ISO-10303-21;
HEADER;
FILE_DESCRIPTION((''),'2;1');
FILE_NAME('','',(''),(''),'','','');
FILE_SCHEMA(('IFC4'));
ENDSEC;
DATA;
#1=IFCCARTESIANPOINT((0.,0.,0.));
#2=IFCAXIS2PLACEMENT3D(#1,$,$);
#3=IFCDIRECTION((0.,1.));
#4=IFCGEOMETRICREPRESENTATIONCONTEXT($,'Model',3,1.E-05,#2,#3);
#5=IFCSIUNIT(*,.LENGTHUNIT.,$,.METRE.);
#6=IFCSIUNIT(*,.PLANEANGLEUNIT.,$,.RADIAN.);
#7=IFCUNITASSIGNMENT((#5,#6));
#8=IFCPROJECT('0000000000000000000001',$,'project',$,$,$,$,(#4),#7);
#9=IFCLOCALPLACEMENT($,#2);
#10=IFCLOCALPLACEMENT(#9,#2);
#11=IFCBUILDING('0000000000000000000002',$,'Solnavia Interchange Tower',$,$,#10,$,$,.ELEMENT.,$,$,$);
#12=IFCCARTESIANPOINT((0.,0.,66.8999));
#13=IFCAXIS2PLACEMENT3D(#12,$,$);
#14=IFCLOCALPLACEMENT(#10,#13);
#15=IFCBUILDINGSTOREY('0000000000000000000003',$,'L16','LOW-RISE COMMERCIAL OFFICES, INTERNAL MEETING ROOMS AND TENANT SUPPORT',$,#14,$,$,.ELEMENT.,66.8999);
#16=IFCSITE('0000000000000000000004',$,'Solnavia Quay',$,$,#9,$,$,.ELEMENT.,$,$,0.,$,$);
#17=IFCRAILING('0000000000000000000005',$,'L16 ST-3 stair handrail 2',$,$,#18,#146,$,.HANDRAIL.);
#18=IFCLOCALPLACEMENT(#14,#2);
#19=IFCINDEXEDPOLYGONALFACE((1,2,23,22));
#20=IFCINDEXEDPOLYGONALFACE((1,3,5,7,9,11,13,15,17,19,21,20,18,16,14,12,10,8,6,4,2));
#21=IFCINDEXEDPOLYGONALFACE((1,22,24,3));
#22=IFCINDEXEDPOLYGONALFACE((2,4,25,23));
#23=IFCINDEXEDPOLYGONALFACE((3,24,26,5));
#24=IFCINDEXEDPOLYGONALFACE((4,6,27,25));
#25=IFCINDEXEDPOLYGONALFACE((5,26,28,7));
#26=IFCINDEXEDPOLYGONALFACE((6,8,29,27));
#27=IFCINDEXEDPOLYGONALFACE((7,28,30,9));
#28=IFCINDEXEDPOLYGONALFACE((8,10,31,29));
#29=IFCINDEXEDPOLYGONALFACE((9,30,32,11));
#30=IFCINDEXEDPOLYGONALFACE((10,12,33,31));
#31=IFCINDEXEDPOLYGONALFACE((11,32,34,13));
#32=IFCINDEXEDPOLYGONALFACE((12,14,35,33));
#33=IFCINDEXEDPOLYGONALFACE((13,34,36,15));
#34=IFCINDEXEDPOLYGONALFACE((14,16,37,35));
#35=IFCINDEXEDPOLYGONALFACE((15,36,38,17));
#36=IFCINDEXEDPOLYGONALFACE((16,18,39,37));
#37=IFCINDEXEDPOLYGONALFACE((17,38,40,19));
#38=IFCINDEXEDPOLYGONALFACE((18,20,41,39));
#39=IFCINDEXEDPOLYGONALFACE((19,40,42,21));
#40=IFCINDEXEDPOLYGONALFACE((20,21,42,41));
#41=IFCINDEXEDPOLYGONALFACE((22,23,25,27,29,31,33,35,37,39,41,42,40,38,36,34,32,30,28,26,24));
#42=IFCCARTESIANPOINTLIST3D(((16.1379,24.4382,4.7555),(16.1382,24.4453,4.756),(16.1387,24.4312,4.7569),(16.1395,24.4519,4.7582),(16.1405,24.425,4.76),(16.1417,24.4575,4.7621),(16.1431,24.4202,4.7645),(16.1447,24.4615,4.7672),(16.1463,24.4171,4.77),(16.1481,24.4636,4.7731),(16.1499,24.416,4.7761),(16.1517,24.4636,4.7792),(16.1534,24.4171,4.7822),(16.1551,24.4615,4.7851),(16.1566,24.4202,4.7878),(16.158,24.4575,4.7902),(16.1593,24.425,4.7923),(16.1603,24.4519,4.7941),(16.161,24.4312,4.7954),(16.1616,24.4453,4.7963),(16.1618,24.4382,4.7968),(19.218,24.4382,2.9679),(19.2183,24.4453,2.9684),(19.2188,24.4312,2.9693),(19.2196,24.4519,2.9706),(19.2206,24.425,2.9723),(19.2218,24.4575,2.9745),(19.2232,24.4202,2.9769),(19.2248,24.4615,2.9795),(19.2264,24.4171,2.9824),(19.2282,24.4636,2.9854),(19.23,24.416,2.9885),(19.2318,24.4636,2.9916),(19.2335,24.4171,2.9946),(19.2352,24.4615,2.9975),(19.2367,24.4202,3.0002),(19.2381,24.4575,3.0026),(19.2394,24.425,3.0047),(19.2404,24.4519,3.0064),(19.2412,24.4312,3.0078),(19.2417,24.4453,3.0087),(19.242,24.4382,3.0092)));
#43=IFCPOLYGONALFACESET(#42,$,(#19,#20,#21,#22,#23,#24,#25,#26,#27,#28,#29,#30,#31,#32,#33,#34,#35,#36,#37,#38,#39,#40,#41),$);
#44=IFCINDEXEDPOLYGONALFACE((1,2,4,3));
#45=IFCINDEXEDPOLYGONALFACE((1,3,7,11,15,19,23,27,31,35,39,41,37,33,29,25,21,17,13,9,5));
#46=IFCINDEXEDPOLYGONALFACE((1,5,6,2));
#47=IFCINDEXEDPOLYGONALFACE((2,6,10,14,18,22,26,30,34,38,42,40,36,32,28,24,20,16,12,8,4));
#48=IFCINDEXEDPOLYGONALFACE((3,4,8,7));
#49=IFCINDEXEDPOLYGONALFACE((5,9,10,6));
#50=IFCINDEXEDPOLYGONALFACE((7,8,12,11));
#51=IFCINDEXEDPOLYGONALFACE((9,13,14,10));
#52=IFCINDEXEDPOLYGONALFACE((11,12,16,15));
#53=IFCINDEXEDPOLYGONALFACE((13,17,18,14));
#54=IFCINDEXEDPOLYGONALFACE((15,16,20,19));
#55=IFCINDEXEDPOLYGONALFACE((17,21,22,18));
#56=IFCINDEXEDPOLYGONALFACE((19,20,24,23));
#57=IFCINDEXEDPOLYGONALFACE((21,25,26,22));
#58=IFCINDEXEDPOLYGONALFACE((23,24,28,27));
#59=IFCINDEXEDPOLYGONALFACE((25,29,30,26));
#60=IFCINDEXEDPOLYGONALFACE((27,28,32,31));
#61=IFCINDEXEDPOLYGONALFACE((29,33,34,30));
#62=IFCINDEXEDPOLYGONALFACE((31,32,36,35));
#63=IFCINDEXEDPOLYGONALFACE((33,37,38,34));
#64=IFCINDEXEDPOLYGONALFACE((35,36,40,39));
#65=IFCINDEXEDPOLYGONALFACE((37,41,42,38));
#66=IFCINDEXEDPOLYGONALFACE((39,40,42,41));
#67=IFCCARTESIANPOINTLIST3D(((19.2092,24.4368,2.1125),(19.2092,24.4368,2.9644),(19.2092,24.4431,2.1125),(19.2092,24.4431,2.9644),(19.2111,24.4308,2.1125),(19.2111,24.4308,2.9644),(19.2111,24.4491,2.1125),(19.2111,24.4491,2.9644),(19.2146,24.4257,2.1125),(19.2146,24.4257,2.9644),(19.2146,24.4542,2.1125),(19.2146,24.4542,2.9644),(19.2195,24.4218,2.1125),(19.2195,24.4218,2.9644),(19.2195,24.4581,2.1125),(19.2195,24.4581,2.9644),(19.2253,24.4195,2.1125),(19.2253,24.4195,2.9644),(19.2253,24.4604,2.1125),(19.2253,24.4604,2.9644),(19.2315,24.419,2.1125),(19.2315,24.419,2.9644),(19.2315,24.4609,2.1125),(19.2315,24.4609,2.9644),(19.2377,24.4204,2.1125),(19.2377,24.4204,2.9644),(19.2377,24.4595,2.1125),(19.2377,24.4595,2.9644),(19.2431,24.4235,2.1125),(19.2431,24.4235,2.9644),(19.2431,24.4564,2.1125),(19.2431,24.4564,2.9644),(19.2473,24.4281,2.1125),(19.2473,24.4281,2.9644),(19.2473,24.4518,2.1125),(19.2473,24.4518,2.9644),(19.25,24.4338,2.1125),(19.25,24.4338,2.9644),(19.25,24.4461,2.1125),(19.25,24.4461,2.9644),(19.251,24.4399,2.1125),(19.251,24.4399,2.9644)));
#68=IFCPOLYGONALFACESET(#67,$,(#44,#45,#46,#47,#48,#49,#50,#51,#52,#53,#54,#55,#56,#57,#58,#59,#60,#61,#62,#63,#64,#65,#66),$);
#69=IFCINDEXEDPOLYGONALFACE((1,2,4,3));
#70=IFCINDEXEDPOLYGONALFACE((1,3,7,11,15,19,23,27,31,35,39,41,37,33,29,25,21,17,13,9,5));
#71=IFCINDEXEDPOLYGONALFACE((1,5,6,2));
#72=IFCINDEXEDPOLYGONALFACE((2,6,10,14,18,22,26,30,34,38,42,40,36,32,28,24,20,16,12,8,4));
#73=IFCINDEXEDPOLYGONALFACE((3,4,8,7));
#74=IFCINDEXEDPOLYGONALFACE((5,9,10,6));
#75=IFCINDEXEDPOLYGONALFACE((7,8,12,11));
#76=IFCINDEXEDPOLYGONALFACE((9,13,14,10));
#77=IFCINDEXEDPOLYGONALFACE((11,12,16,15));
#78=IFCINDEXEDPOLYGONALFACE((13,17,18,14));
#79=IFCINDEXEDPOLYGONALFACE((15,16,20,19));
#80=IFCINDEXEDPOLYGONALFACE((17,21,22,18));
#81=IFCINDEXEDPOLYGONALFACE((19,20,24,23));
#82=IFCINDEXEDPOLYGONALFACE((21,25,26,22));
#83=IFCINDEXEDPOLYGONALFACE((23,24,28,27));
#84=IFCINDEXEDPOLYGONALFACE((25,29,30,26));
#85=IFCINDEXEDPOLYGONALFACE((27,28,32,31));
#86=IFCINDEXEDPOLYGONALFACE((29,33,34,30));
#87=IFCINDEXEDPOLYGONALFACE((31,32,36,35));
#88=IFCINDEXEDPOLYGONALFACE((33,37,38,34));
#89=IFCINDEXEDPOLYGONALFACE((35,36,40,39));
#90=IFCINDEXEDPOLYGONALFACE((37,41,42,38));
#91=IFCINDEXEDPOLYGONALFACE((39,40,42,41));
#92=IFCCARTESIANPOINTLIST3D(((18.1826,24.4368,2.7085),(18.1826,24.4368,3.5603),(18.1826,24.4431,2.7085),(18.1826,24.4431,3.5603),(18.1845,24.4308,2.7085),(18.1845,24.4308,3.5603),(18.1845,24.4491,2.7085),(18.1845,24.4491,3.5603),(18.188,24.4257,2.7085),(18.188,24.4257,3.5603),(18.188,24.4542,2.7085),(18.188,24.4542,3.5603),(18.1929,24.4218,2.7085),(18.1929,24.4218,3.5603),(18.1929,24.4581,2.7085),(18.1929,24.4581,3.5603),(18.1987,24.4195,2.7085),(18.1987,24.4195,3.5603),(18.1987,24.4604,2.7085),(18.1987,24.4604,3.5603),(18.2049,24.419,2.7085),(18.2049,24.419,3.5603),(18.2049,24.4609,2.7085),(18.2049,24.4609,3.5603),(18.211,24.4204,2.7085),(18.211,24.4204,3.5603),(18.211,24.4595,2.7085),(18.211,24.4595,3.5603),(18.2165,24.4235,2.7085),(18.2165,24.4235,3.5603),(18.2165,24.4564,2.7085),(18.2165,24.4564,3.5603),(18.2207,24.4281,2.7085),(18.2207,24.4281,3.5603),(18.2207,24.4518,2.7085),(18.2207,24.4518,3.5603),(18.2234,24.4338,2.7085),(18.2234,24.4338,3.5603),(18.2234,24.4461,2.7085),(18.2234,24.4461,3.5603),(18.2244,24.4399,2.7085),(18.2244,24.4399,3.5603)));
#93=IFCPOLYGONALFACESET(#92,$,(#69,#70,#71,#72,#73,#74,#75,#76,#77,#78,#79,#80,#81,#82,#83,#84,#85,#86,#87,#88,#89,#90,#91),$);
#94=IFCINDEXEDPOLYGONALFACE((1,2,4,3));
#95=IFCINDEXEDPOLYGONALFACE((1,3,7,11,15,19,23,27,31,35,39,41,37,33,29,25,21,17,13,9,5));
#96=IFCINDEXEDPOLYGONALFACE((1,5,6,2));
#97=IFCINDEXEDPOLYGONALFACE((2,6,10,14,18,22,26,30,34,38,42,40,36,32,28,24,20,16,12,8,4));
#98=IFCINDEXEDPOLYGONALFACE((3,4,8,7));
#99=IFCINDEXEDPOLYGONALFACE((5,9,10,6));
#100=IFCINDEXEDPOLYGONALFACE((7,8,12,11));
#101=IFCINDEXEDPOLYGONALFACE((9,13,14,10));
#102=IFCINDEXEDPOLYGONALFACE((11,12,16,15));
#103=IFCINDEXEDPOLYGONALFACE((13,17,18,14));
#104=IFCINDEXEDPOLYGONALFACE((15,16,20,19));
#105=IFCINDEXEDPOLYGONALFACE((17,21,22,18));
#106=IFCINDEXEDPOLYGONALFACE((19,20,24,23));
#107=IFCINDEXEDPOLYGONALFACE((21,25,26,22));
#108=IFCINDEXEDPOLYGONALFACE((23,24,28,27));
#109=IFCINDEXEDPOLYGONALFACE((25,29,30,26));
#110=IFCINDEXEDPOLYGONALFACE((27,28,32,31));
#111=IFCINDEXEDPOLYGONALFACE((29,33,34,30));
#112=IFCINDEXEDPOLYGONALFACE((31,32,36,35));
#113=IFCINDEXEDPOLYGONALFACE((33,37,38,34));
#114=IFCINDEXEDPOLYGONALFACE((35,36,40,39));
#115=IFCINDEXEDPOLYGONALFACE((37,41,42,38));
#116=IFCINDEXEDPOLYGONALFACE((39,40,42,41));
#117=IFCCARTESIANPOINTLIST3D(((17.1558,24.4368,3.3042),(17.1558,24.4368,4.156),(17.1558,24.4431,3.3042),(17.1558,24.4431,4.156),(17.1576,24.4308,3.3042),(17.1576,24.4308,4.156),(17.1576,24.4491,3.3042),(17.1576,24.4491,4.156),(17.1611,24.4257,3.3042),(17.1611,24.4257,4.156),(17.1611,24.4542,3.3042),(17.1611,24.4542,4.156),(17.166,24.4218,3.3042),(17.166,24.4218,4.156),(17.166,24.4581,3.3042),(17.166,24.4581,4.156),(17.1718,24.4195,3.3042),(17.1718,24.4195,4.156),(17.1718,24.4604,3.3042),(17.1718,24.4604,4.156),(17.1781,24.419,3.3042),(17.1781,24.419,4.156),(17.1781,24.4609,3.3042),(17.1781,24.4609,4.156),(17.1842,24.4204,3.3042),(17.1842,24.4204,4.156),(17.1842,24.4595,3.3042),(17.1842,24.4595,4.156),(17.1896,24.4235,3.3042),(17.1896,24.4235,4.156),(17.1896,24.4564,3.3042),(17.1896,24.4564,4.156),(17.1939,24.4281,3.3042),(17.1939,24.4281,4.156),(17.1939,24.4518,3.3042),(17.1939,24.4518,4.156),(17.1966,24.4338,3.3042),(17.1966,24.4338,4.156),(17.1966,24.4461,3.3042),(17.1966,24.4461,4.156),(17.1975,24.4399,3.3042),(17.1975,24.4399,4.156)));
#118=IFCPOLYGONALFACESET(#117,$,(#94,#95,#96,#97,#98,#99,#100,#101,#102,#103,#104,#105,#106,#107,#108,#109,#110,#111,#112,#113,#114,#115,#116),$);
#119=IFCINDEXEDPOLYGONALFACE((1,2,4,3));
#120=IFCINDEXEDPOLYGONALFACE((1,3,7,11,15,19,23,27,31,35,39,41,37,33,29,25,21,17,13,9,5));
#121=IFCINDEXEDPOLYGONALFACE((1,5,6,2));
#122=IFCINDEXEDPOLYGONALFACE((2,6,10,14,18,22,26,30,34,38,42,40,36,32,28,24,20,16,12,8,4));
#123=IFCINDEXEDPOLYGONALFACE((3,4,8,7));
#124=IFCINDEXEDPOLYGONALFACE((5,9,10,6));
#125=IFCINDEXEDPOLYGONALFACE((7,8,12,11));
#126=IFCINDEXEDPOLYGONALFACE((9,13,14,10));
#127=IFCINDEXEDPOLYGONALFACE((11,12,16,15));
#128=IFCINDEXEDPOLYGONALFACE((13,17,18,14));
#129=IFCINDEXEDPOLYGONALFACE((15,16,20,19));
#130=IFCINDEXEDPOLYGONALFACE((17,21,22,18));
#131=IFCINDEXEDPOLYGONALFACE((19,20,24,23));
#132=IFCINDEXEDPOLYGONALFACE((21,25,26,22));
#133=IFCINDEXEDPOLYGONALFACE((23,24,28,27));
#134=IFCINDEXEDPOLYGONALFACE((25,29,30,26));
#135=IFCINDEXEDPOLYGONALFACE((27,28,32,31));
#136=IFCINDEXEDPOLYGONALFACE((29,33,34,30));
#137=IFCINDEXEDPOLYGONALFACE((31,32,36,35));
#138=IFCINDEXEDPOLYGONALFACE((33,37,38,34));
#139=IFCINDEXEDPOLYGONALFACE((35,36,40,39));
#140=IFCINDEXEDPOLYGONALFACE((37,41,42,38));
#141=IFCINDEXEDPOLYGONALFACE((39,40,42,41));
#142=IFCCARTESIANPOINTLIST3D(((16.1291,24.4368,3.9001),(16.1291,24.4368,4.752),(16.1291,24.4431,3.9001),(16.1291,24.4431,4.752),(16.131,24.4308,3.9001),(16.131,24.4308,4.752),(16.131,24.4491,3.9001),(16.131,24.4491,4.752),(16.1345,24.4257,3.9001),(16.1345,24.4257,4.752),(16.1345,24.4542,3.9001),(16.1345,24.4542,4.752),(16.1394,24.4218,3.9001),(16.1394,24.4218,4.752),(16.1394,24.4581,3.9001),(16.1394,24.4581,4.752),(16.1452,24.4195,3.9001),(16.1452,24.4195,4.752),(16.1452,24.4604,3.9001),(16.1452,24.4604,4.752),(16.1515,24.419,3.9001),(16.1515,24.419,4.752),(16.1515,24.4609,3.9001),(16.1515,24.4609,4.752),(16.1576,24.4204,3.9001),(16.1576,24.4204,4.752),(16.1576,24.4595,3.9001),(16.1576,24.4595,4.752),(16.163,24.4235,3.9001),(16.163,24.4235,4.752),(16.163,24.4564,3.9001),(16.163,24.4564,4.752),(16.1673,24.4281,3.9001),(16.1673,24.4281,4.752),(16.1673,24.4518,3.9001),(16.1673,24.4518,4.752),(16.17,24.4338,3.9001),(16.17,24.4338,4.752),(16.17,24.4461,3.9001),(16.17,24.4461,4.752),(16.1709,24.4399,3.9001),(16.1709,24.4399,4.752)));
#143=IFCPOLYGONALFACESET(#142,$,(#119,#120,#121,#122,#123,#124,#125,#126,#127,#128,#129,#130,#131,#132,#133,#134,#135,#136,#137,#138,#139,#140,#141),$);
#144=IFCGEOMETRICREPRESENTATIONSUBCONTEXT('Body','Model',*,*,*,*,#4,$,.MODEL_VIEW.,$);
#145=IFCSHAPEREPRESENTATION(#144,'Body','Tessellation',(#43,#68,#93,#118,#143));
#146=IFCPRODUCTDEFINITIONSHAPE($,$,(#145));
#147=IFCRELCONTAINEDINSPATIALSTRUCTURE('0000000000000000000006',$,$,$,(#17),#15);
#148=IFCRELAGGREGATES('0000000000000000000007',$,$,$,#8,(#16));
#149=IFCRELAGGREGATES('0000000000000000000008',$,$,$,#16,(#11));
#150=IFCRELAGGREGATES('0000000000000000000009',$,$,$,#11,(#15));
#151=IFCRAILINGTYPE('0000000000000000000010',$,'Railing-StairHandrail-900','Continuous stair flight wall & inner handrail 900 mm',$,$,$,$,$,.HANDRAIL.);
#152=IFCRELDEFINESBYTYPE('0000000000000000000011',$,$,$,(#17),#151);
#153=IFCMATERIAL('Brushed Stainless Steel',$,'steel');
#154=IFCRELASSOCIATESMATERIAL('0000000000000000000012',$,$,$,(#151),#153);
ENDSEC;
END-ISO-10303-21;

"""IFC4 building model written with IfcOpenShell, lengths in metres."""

from ifc_helpers import new_model, si_unit, direction, frame, origin, origin_2d, place, context, subcontext, project, spatial, circle, extrude, material, type_object, element, save


model = new_model("IFC4")

# Units and contexts
model_context = context("Model", 3, precision=1e-05, world=origin(), true_north=direction((0.0, 1.0)))
body_context = subcontext(model_context, "Body", "Model", "MODEL_VIEW")
ifc_project = project(units=[si_unit("LENGTHUNIT", "METRE"), si_unit("PLANEANGLEUNIT", "RADIAN")], contexts=[model_context])

# Site, building, storey
site_placement = place(None, origin())
site = spatial("IfcSite", under=ifc_project, at=site_placement, Name="Solnavia Quay", CompositionType="ELEMENT", RefElevation=0.0)
building_placement = place(site_placement, origin())
building = spatial("IfcBuilding", under=site, at=building_placement, Name="Solnavia Interchange Tower", CompositionType="ELEMENT")
storey_placement = place(building_placement, frame((0.0, 0.0, 66.8999)))
storey = spatial("IfcBuildingStorey", under=building, at=storey_placement, Name="L16", Description="LOW-RISE COMMERCIAL OFFICES, INTERNAL MEETING ROOMS AND TENANT SUPPORT", CompositionType="ELEMENT", Elevation=66.8999)

# Railing
ifc_material_1 = material(Name="Brushed Stainless Steel", Category="steel")
railing_type_1 = type_object("IfcRailingType", Name="Railing-StairHandrail-900", Description="Continuous stair flight wall & inner handrail 900 mm", PredefinedType="HANDRAIL", material=ifc_material_1)
railing_1_placement = place(storey_placement, frame((19.23, 24.4399, 2.1125)))
element("IfcRailing", 1, at=railing_1_placement, inside=storey, type_object=railing_type_1, Name="L16 ST-3 stair handrail 2", PredefinedType="HANDRAIL", context=body_context, shape_type="SweptSolid", body=[
    extrude(circle(Radius=0.0239, at=origin_2d()), frame((0.0, 0.0, 0.876), z_axis=(-0.864891, 0.0, 0.50196), x_axis=(0.0, -1.0, 0.0)), (0.0, 0.0, 1.0), 3.5613),
    extrude(circle(Radius=0.021, at=origin_2d()), origin(), (0.0, 0.0, 1.0), 0.8518),
    extrude(circle(Radius=0.021, at=origin_2d()), frame((-1.0266, 0.0, 0.5959)), (0.0, 0.0, 1.0), 0.8518),
    extrude(circle(Radius=0.021, at=origin_2d()), frame((-2.0535, 0.0, 1.1917)), (0.0, 0.0, 1.0), 0.8518),
    extrude(circle(Radius=0.021, at=origin_2d()), frame((-3.0801, 0.0, 1.7876)), (0.0, 0.0, 1.0), 0.8518),
])

save(model, "model.ifc")
